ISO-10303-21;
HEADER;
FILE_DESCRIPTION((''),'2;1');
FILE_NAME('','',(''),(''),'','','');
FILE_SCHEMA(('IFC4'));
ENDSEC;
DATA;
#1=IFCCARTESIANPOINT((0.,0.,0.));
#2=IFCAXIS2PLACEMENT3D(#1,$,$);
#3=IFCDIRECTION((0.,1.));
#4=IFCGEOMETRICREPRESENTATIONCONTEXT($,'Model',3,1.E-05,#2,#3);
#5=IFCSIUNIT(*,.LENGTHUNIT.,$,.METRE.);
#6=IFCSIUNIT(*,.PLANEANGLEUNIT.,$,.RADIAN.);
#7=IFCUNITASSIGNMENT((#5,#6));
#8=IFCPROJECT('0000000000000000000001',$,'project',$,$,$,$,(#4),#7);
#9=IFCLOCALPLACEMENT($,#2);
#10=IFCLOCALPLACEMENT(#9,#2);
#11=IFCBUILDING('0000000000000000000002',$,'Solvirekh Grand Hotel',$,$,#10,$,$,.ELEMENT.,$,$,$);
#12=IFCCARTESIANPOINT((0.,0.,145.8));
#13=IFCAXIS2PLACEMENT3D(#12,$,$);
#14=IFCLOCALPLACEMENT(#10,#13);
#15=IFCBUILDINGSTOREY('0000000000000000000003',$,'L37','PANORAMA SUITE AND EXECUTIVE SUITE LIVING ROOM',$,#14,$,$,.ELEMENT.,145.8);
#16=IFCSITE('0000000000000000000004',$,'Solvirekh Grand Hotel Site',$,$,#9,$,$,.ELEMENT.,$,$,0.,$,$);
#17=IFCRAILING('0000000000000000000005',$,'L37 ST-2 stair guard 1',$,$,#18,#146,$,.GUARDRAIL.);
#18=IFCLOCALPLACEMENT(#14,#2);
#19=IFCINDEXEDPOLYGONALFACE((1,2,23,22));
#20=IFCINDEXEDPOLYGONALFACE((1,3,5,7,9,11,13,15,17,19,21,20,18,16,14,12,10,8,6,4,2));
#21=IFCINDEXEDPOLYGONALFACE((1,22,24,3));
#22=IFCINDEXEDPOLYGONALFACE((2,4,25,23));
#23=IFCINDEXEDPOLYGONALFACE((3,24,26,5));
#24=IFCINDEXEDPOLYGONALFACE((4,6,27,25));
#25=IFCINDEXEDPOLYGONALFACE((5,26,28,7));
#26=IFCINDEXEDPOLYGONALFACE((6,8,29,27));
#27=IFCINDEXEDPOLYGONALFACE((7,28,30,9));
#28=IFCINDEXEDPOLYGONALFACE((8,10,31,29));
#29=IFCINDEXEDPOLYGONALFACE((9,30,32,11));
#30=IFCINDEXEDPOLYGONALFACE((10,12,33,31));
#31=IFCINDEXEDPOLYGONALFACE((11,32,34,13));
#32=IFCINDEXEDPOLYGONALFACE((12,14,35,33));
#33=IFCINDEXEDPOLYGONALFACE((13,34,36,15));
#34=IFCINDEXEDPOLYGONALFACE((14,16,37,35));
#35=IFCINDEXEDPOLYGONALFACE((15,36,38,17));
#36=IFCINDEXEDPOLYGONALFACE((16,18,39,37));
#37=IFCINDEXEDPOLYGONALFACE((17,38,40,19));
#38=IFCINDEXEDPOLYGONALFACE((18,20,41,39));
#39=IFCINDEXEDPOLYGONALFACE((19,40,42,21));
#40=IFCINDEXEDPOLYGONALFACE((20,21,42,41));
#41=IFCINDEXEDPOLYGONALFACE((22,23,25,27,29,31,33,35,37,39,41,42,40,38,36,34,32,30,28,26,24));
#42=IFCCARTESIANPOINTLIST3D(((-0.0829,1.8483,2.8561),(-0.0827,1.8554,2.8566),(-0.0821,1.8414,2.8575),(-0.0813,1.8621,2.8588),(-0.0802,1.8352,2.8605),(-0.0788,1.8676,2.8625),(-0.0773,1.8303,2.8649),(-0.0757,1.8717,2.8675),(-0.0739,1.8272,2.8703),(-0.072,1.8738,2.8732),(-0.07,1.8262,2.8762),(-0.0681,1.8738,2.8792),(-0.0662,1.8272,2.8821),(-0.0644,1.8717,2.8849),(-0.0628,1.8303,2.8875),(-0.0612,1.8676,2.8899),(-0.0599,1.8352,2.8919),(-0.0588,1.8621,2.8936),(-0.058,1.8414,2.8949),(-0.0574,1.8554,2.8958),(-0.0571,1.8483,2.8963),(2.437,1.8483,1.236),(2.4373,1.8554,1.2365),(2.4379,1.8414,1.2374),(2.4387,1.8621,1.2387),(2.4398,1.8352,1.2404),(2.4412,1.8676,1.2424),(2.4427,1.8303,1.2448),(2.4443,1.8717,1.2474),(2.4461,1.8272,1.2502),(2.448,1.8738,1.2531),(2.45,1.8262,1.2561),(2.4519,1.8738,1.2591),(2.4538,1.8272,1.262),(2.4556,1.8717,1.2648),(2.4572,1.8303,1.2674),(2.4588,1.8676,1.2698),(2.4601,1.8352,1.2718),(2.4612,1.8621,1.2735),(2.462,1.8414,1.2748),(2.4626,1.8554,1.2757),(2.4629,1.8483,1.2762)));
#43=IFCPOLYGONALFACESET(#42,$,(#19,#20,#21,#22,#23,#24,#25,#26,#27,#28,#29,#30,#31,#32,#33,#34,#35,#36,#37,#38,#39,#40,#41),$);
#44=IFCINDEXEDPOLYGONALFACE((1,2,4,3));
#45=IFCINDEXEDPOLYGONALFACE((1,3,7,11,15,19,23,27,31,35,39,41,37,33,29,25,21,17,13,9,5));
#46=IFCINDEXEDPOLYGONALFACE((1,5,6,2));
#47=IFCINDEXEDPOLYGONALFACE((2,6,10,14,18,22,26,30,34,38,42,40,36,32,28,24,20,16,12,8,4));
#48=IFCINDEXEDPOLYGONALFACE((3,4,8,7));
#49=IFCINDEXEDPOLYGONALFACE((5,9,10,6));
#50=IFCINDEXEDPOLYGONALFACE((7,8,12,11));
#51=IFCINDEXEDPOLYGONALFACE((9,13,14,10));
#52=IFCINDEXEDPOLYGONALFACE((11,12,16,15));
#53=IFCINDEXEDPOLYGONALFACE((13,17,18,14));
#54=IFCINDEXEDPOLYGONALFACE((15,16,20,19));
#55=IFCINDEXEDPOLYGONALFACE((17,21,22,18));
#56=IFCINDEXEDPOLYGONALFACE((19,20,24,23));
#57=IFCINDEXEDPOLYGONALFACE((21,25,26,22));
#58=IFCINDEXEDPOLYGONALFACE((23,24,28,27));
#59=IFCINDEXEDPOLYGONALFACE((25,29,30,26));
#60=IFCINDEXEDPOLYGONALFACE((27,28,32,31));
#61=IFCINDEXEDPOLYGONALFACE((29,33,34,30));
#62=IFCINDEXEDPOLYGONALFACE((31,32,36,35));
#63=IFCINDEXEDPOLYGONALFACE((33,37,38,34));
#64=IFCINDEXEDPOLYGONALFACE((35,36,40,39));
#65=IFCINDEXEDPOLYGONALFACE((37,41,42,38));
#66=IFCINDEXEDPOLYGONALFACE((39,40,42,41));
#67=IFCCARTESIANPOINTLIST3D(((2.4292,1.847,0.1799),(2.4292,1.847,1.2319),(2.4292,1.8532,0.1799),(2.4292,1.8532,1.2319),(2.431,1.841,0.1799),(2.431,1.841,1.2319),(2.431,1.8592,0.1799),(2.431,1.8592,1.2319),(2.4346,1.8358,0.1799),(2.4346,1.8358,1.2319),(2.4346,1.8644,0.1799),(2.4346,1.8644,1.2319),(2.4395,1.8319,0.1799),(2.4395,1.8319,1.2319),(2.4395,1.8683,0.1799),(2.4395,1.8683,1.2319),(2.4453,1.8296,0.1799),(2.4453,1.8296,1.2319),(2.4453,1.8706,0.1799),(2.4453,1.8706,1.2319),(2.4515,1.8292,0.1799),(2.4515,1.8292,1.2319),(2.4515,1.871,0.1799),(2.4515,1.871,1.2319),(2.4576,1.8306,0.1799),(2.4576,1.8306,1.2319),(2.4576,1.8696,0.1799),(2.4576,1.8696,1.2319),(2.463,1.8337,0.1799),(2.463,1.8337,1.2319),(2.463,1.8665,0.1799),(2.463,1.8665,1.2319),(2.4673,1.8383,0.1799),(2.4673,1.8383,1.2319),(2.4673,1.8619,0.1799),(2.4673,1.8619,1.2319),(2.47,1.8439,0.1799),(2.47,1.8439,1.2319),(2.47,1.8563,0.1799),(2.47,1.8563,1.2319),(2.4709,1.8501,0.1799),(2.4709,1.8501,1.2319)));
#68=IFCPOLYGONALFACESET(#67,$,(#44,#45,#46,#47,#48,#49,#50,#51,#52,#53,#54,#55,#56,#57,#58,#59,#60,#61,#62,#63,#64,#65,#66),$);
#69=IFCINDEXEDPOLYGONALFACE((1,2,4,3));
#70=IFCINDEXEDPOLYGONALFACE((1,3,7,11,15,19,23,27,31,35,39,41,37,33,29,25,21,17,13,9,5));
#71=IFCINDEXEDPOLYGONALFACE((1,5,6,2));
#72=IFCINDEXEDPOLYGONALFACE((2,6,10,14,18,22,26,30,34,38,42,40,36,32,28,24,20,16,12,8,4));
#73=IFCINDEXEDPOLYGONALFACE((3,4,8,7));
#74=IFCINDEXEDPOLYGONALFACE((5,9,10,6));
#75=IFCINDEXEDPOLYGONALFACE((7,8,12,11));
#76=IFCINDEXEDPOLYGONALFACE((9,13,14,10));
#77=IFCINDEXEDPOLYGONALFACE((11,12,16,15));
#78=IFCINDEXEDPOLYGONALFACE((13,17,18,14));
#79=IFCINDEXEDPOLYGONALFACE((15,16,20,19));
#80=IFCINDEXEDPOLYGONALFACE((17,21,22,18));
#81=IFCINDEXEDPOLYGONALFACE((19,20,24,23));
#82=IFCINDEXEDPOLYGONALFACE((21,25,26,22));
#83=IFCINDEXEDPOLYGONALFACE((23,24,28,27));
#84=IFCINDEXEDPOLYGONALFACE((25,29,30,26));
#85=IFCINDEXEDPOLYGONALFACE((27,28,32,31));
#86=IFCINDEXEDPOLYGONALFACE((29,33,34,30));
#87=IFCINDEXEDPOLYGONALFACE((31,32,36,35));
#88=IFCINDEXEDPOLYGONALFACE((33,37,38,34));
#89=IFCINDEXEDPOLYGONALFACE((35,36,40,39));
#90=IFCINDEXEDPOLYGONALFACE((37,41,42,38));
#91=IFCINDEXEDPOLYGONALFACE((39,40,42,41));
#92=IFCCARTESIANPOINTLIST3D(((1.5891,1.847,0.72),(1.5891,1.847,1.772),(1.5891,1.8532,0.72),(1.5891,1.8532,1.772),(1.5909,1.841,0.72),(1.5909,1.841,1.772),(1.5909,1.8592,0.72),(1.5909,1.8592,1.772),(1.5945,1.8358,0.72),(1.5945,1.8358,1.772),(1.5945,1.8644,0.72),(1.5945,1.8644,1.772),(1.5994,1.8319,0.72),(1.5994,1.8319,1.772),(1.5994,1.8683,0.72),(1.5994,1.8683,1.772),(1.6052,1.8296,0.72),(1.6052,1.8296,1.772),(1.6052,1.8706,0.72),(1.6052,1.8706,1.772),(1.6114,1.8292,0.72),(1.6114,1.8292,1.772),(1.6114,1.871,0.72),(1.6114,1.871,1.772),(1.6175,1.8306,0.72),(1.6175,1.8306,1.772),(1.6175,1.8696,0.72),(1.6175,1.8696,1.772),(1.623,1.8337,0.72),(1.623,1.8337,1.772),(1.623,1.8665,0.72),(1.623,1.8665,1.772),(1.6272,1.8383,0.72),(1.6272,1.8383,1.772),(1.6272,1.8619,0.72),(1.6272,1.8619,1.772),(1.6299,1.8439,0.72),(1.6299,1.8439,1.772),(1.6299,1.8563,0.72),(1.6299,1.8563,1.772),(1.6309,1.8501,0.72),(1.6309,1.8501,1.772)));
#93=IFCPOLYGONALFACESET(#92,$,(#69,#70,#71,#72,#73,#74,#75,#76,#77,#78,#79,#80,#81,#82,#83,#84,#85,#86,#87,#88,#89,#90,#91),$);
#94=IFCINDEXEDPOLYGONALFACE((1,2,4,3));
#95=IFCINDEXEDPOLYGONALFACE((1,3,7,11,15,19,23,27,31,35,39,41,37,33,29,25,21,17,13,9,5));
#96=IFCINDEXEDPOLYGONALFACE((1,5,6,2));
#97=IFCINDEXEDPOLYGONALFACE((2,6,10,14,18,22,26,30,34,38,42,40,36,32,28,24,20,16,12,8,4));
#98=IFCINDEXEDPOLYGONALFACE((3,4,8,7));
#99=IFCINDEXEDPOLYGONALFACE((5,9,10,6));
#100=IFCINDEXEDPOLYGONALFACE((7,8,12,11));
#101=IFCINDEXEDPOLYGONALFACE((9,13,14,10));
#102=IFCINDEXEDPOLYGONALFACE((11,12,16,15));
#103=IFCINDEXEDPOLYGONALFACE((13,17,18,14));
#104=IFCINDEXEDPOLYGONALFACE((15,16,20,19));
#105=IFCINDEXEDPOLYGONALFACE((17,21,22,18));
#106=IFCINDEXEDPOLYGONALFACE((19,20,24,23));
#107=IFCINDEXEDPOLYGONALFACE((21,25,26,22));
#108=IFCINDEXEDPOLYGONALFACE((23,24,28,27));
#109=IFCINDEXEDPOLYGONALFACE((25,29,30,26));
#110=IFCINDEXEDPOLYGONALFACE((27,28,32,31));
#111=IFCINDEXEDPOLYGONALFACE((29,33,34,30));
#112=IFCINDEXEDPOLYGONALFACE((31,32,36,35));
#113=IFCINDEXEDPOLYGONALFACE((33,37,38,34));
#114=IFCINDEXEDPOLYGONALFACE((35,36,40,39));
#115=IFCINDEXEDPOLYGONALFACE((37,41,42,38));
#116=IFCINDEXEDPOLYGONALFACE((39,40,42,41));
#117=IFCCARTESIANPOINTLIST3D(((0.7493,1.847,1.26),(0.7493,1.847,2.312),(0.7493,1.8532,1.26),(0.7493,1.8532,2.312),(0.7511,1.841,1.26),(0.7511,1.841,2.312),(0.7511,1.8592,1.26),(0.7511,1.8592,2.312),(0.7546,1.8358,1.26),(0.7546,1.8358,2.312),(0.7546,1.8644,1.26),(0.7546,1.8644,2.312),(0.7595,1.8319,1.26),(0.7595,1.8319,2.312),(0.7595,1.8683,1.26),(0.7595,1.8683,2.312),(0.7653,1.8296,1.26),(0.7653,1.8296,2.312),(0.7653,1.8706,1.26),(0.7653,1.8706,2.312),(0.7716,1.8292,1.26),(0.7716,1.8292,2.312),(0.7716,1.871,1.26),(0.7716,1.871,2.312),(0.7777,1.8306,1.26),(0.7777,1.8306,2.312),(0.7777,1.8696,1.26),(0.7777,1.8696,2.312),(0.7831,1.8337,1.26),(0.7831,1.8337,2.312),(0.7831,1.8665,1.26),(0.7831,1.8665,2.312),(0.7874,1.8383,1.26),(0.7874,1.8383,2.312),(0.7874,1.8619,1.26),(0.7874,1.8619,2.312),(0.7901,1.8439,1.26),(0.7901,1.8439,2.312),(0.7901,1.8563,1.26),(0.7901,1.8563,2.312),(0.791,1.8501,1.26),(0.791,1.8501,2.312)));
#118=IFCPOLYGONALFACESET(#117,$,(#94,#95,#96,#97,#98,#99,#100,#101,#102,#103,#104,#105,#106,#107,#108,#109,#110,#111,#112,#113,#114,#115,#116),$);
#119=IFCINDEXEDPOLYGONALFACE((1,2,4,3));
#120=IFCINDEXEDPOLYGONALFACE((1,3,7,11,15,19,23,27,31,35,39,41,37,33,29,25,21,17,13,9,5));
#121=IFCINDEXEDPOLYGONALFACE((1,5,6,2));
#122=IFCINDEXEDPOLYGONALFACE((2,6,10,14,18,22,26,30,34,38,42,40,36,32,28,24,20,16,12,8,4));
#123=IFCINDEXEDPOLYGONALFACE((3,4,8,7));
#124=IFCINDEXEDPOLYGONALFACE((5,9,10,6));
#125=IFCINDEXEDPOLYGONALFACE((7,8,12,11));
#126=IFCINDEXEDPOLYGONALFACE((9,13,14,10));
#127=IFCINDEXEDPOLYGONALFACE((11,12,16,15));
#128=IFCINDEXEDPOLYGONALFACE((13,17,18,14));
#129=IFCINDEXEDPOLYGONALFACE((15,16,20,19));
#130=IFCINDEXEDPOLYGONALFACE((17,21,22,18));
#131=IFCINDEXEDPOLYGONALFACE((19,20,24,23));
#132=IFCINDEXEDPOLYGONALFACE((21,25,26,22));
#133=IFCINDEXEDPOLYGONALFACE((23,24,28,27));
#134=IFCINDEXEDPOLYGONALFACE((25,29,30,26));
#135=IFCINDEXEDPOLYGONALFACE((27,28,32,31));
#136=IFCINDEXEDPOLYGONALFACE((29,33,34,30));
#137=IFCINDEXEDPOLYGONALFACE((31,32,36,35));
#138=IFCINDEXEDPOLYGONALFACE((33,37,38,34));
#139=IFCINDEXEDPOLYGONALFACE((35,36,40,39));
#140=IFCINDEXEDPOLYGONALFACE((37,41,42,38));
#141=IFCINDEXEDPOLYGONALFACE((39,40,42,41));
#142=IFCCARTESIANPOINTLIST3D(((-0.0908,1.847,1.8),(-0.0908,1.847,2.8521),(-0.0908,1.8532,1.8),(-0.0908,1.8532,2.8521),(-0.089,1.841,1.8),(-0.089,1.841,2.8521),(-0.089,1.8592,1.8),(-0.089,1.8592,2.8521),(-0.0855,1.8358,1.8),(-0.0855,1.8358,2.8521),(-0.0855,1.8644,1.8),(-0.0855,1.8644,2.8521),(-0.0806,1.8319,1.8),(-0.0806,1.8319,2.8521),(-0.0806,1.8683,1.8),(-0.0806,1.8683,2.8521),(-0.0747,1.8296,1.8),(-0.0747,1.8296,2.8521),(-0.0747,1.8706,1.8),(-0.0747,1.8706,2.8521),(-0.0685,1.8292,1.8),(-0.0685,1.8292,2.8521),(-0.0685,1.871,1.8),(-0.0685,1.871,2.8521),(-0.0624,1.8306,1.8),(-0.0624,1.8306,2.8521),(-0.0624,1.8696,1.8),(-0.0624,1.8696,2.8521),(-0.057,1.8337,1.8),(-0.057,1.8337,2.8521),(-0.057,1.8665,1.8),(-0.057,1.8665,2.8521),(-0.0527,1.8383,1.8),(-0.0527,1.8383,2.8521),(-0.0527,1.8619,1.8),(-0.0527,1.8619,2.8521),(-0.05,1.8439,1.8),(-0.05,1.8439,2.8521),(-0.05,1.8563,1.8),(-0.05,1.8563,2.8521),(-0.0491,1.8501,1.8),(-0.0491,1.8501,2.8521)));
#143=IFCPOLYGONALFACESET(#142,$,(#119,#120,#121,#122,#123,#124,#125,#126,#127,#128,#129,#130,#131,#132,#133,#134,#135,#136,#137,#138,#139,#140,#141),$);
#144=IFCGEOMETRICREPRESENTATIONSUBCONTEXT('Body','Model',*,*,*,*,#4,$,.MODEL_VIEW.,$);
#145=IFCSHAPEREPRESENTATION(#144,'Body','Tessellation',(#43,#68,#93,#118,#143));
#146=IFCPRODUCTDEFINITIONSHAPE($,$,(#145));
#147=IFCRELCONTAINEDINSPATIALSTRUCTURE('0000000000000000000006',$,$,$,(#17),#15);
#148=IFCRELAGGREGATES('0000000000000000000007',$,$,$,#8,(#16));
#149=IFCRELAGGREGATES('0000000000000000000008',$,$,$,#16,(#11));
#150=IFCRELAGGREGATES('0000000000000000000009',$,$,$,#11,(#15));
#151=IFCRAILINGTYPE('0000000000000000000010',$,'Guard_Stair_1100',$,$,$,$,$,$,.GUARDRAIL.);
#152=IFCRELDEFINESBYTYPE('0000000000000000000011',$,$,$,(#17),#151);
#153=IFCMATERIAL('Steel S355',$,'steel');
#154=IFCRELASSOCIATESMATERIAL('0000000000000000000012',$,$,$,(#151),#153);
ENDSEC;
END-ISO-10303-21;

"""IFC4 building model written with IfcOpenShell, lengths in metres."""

from ifc_helpers import new_model, si_unit, direction, frame, origin, origin_2d, place, context, subcontext, project, spatial, circle, extrude, material, type_object, element, save


model = new_model("IFC4")

# Units and contexts
model_context = context("Model", 3, precision=1e-05, world=origin(), true_north=direction((0.0, 1.0)))
body_context = subcontext(model_context, "Body", "Model", "MODEL_VIEW")
ifc_project = project(units=[si_unit("LENGTHUNIT", "METRE"), si_unit("PLANEANGLEUNIT", "RADIAN")], contexts=[model_context])

# Site, building, storey
site_placement = place(None, origin())
site = spatial("IfcSite", under=ifc_project, at=site_placement, Name="Solvirekh Grand Hotel Site", CompositionType="ELEMENT", RefElevation=0.0)
building_placement = place(site_placement, origin())
building = spatial("IfcBuilding", under=site, at=building_placement, Name="Solvirekh Grand Hotel", CompositionType="ELEMENT")
storey_placement = place(building_placement, frame((0.0, 0.0, 145.8)))
storey = spatial("IfcBuildingStorey", under=building, at=storey_placement, Name="L37", Description="PANORAMA SUITE AND EXECUTIVE SUITE LIVING ROOM", CompositionType="ELEMENT", Elevation=145.8)

# Shared definitions
ifc_material_1 = material(Name="Steel S355", Category="steel")

# Railing
railing_type_1 = type_object("IfcRailingType", Name="Guard_Stair_1100", PredefinedType="GUARDRAIL", material=ifc_material_1)
railing_1_placement = place(storey_placement, frame((2.45, 1.8501, 0.1799)))
element("IfcRailing", 1, at=railing_1_placement, inside=storey, type_object=railing_type_1, Name="L37 ST-2 stair guard 1", PredefinedType="GUARDRAIL", context=body_context, shape_type="SweptSolid", body=[
    extrude(circle(Radius=0.0239, at=origin_2d()), frame((0.0, 0.0, 1.0762), z_axis=(-0.841163, 0.0, 0.540782), x_axis=(0.0, -1.0, 0.0)), (0.0, 0.0, 1.0), 2.9958),
    extrude(circle(Radius=0.021, at=origin_2d()), origin(), (0.0, 0.0, 1.0), 1.052),
    extrude(circle(Radius=0.021, at=origin_2d()), frame((-0.8401, 0.0, 0.54)), (0.0, 0.0, 1.0), 1.052),
    extrude(circle(Radius=0.021, at=origin_2d()), frame((-1.6799, 0.0, 1.0801)), (0.0, 0.0, 1.0), 1.052),
    extrude(circle(Radius=0.021, at=origin_2d()), frame((-2.52, 0.0, 1.6201)), (0.0, 0.0, 1.0), 1.052),
])

save(model, "model.ifc")
